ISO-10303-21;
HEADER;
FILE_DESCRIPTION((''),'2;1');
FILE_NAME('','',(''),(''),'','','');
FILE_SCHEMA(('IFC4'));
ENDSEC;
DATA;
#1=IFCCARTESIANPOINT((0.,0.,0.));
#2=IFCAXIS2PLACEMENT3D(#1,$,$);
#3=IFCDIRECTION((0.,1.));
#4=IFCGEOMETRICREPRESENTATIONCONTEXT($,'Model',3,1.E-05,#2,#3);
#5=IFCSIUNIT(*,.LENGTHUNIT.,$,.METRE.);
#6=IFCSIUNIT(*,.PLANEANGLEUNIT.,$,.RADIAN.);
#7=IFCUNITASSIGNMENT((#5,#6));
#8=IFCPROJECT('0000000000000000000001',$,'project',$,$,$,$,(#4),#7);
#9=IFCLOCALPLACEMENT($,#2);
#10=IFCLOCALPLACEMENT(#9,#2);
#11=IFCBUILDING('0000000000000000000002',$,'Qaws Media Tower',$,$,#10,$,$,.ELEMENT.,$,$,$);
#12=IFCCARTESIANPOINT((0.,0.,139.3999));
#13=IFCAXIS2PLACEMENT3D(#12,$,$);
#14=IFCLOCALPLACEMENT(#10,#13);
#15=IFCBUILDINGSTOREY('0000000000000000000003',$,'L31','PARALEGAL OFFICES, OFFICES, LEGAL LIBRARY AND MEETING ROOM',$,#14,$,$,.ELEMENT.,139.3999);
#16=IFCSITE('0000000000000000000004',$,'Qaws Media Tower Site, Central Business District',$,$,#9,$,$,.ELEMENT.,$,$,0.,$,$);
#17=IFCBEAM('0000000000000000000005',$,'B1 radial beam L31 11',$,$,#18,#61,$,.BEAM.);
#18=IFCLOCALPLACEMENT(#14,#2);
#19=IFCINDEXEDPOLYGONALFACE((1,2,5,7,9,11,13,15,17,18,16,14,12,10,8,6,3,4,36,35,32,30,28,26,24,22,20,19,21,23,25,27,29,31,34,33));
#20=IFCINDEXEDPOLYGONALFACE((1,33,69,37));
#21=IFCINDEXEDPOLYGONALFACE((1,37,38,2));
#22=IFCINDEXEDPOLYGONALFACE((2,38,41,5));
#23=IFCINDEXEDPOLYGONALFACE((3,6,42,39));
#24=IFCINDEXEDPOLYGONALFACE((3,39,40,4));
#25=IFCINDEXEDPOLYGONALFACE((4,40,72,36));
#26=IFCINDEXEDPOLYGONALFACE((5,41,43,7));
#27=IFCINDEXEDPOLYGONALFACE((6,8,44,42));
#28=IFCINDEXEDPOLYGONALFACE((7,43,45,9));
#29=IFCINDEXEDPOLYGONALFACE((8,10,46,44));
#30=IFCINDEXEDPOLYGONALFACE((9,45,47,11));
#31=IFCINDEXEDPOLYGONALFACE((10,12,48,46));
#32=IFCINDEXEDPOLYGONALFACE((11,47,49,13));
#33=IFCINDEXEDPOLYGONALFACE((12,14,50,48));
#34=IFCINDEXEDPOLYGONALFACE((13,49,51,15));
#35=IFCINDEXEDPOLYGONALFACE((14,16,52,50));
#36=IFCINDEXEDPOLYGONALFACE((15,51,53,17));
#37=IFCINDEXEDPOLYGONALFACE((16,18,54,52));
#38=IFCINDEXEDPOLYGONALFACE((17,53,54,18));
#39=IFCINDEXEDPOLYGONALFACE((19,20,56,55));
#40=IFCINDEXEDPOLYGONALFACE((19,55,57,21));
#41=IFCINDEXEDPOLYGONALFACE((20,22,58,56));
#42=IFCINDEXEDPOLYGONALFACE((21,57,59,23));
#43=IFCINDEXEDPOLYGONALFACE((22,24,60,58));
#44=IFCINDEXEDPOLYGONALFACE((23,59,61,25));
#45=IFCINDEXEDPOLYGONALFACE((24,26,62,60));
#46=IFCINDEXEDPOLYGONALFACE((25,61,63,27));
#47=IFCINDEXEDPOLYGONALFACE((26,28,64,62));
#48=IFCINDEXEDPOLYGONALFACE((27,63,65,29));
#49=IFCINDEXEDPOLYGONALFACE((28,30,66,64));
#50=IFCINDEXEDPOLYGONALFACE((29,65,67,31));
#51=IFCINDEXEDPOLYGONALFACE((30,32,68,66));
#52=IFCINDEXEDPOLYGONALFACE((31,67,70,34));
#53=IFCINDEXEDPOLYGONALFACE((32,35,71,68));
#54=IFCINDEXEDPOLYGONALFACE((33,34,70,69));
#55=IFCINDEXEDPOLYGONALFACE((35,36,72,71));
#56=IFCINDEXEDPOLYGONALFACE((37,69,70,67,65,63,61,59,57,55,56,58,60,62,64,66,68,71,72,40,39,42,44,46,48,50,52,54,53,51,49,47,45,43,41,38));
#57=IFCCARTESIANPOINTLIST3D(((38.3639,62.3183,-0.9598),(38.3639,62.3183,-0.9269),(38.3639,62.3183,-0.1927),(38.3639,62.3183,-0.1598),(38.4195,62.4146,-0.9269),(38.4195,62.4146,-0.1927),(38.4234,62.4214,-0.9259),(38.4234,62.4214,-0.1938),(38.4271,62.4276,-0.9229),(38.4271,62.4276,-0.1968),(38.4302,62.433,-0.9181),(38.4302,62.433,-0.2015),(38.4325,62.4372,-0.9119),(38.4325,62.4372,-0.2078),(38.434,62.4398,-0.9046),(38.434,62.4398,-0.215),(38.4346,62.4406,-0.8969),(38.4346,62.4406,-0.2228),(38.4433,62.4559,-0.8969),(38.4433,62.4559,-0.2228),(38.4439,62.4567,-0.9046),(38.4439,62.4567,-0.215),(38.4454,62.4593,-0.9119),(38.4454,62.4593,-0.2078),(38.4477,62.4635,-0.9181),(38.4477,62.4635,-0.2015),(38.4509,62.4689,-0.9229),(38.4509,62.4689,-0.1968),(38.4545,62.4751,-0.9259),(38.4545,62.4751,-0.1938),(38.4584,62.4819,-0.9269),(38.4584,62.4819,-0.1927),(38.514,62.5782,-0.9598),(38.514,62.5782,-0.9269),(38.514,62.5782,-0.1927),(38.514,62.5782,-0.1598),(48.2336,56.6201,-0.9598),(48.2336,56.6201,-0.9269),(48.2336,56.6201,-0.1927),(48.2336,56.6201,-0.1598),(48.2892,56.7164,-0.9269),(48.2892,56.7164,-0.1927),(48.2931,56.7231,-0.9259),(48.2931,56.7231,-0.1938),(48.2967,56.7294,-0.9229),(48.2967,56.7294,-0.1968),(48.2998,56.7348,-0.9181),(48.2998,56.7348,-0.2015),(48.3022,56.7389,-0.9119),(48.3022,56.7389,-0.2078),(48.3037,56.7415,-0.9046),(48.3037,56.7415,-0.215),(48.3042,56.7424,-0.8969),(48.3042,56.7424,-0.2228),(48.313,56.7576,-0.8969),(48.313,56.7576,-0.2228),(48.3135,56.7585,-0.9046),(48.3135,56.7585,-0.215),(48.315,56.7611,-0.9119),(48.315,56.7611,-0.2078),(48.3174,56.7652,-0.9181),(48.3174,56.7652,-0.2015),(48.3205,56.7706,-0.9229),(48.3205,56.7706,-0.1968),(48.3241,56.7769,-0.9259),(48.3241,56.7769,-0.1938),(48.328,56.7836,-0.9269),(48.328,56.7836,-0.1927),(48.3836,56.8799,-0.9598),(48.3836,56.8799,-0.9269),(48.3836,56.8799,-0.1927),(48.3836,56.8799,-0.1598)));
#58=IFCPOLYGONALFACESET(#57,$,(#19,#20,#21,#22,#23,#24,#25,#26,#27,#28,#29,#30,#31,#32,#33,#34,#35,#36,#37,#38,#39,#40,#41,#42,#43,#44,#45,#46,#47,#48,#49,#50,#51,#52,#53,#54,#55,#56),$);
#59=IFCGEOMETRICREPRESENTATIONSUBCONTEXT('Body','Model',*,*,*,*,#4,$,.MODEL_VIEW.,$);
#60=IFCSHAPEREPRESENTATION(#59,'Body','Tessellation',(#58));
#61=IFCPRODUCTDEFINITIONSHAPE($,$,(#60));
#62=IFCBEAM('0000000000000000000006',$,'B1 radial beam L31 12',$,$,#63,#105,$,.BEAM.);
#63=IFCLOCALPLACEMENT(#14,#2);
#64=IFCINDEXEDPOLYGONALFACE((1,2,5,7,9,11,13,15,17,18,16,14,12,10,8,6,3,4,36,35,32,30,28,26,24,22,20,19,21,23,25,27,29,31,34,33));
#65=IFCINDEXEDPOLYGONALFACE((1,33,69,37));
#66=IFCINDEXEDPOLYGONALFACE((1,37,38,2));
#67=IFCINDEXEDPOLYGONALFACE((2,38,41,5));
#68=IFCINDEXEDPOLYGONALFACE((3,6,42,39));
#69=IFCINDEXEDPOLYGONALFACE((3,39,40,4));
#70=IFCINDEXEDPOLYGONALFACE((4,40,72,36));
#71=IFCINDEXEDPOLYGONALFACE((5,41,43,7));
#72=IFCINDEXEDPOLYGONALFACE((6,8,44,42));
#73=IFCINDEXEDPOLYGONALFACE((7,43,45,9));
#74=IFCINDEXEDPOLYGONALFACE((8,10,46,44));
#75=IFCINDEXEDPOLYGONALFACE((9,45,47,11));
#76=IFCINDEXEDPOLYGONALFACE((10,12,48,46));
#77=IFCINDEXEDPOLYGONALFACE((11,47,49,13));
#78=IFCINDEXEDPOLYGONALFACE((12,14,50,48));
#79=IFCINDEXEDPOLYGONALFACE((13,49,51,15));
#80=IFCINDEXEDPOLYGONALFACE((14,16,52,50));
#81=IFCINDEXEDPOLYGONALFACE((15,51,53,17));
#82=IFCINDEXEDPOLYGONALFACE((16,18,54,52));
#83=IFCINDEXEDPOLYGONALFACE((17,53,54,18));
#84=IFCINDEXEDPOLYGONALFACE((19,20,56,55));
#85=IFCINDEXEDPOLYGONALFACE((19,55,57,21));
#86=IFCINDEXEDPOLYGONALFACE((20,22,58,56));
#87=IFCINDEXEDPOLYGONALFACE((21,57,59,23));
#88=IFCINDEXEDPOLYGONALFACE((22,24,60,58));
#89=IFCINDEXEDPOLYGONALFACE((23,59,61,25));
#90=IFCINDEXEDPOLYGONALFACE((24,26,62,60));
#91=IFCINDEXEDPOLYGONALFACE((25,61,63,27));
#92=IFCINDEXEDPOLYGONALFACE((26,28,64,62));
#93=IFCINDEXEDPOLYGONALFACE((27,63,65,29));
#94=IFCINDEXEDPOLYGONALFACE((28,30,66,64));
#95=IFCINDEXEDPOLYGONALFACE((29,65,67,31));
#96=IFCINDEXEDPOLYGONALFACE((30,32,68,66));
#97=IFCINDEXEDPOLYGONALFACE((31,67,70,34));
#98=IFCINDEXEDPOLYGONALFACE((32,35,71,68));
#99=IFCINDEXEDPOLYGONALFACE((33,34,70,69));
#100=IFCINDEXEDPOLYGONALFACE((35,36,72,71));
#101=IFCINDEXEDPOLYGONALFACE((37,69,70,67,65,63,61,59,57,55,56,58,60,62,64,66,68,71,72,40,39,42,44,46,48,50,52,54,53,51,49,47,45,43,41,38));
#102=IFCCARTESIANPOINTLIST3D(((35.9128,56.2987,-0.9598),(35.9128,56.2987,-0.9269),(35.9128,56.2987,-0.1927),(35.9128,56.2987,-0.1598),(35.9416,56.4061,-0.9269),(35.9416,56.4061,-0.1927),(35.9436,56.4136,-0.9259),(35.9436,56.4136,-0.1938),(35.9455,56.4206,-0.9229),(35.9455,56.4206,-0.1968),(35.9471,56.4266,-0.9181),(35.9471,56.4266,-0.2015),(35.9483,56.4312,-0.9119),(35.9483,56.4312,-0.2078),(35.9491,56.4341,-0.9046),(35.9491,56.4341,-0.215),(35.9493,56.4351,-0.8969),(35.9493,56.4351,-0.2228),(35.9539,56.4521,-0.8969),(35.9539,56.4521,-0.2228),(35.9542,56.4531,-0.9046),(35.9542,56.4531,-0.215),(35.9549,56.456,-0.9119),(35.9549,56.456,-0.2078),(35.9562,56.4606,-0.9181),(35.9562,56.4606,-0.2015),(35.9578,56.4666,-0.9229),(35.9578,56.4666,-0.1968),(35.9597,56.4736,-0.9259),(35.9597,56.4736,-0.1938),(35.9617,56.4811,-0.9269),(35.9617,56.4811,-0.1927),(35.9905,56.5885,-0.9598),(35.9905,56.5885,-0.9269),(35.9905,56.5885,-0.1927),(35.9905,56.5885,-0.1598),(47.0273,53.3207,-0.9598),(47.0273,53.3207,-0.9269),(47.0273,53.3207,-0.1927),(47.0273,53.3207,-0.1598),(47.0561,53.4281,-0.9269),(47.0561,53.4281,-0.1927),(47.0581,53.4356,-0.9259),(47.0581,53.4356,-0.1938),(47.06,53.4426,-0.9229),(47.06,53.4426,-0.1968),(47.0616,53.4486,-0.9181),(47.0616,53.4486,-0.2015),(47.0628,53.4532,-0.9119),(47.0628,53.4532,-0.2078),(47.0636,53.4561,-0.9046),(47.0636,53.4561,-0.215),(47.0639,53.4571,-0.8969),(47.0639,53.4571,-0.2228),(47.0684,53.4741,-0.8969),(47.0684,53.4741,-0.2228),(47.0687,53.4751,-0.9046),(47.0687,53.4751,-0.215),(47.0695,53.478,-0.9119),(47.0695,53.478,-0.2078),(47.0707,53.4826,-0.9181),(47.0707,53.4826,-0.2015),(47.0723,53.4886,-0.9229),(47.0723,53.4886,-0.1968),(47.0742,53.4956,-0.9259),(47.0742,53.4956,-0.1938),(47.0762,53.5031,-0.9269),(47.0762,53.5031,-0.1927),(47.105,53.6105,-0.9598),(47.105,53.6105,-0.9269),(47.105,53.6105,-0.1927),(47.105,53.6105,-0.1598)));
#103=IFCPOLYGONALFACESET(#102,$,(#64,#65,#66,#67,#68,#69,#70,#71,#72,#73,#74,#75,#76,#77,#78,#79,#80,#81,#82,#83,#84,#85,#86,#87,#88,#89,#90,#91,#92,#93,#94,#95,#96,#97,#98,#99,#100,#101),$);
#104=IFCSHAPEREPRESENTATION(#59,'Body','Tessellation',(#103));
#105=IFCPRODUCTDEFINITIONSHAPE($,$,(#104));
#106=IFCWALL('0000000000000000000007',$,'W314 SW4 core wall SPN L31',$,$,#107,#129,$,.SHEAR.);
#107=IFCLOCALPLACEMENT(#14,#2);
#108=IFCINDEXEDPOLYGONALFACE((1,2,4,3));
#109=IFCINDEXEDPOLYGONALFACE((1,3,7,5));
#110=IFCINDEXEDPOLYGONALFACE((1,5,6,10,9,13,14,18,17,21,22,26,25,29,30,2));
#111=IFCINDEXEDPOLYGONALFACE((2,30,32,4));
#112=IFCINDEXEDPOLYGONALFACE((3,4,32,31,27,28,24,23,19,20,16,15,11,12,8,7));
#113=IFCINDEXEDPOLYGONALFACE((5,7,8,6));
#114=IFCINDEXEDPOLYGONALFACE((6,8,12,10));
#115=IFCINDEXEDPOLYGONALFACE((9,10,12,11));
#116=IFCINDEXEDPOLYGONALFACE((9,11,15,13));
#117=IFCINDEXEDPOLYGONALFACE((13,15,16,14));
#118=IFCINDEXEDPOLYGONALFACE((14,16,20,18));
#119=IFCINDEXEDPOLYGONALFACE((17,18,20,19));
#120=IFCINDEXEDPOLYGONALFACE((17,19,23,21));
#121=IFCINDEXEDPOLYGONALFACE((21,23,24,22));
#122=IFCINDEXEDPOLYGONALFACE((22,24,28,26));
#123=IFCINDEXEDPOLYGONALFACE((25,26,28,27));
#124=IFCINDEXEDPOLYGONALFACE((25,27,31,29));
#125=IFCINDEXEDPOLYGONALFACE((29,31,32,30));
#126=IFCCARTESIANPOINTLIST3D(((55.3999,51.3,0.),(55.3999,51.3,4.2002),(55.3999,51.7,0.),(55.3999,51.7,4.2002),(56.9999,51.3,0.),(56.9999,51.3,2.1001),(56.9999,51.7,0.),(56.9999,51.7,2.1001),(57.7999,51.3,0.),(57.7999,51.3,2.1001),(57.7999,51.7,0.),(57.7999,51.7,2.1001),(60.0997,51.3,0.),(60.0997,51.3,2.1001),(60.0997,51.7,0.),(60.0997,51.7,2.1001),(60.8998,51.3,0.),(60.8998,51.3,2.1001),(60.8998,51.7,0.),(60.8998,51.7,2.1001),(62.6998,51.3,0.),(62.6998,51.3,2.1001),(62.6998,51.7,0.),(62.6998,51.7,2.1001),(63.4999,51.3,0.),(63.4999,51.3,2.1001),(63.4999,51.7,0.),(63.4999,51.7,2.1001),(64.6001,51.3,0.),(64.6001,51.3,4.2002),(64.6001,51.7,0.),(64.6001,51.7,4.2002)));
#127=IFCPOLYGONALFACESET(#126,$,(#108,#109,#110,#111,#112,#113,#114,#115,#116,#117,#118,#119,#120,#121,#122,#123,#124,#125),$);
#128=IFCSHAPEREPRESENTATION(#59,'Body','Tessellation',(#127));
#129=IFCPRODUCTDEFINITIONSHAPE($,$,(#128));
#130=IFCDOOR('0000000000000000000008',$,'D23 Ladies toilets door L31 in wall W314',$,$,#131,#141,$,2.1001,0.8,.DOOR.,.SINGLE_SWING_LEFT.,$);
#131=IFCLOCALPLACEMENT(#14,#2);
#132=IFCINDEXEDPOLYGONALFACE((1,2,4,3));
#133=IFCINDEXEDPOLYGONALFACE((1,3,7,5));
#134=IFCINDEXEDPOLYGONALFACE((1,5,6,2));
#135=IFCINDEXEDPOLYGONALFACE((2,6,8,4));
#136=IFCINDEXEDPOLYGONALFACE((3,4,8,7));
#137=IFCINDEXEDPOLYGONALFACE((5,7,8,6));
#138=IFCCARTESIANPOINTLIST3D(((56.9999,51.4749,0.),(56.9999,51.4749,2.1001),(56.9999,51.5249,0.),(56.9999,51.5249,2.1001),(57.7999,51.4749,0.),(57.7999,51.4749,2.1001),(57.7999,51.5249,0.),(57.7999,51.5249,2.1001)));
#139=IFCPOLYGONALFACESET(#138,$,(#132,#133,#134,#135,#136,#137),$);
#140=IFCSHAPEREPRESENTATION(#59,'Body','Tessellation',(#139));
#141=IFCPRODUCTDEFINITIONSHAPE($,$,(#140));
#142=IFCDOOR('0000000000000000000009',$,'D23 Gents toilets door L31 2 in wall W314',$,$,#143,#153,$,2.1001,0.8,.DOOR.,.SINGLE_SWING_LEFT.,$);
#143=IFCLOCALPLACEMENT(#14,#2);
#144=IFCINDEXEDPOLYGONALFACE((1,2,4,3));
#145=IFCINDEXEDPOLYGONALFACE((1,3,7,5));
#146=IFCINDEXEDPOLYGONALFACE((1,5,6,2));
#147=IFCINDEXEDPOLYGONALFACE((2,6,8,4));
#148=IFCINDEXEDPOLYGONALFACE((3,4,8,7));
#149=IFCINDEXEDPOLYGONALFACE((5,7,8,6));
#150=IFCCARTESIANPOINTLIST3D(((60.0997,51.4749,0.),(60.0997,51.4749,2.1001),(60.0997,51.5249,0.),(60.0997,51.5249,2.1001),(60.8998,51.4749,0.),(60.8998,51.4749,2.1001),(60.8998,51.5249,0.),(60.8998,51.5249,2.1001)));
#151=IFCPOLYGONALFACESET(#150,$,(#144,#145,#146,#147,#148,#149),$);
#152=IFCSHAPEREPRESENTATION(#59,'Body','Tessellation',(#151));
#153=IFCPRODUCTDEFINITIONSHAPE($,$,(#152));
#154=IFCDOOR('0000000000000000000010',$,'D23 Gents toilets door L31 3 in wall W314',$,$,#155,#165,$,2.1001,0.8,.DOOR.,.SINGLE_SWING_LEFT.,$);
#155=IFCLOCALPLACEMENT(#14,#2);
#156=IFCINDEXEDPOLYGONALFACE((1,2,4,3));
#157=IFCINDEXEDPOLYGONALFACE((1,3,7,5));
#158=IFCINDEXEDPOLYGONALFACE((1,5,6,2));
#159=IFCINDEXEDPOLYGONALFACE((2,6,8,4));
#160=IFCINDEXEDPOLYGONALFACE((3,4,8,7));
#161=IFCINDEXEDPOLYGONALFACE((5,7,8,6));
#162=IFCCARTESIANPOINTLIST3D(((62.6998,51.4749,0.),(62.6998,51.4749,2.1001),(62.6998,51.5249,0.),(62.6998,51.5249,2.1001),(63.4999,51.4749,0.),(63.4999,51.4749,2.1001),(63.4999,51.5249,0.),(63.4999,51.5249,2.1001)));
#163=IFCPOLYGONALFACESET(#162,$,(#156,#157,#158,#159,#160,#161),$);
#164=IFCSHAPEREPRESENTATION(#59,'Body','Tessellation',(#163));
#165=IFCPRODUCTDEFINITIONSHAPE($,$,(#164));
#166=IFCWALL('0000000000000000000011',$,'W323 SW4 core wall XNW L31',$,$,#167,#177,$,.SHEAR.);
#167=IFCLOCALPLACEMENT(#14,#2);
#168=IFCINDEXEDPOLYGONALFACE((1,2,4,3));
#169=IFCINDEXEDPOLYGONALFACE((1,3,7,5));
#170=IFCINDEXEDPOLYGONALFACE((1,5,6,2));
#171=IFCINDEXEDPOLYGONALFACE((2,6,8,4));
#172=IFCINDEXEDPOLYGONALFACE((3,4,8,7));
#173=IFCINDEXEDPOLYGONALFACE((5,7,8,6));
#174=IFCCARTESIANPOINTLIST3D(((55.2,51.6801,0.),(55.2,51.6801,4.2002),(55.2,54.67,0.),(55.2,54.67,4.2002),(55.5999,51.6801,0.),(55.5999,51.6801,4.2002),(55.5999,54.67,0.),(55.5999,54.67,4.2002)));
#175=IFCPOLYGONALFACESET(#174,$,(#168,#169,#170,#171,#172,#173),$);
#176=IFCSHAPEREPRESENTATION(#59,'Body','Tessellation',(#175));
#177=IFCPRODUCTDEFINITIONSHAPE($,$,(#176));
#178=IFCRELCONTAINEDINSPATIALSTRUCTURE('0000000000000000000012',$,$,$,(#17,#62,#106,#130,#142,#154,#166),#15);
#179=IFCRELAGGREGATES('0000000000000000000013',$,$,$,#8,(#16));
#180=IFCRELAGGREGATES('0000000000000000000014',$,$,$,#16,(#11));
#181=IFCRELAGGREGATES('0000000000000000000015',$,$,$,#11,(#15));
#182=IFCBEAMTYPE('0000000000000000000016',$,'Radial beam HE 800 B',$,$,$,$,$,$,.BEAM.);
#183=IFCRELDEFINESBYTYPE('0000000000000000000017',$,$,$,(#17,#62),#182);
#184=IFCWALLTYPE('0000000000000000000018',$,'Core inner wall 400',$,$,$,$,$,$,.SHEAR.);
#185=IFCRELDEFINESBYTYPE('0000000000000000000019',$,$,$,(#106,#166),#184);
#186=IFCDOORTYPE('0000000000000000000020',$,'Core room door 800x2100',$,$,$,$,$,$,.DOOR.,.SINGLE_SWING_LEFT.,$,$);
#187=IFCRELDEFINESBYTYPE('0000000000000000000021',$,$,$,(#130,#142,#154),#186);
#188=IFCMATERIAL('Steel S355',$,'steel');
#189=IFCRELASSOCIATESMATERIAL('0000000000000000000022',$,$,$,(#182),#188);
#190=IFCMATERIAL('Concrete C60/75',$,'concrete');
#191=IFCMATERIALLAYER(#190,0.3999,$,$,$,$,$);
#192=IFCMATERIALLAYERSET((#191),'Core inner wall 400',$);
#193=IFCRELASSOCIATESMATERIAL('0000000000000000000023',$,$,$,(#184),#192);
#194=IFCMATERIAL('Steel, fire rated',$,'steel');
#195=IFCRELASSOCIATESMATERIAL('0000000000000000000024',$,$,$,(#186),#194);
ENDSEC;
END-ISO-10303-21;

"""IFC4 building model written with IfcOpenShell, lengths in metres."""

from ifc_helpers import new_model, si_unit, direction, frame, frame_2d, origin, origin_2d, place, context, subcontext, project, spatial, rectangle, i_section, extrude, material, layer, layer_set, material_profile, profile_set, type_object, element, fill, save


model = new_model("IFC4")

# Units and contexts
model_context = context("Model", 3, precision=1e-05, world=origin(), true_north=direction((0.0, 1.0)))
body_context = subcontext(model_context, "Body", "Model", "MODEL_VIEW")
ifc_project = project(units=[si_unit("LENGTHUNIT", "METRE"), si_unit("PLANEANGLEUNIT", "RADIAN")], contexts=[model_context])

# Site, building, storey
site_placement = place(None, origin())
site = spatial("IfcSite", under=ifc_project, at=site_placement, Name="Qaws Media Tower Site, Central Business District", CompositionType="ELEMENT", RefElevation=0.0)
building_placement = place(site_placement, origin())
building = spatial("IfcBuilding", under=site, at=building_placement, Name="Qaws Media Tower", CompositionType="ELEMENT")
storey_placement = place(building_placement, frame((0.0, 0.0, 139.3999)))
storey = spatial("IfcBuildingStorey", under=building, at=storey_placement, Name="L31", Description="PARALEGAL OFFICES, OFFICES, LEGAL LIBRARY AND MEETING ROOM", CompositionType="ELEMENT", Elevation=139.3999)

# Beams
ifc_material_1 = material(Name="Steel S355", Category="steel")
ifc_material_profile_1 = material_profile(ifc_material_1, i_section(OverallWidth=0.3, OverallDepth=0.8, WebThickness=0.0176, FlangeThickness=0.033, FilletRadius=0.03, at=origin_2d()), Name="HE 800 B")
ifc_profile_set_1 = profile_set([ifc_material_profile_1], Name="Steel S355")
beam_type_1 = type_object("IfcBeamType", Name="Radial beam HE 800 B", PredefinedType="BEAM", material=ifc_profile_set_1)
beam_1_placement = place(storey_placement, frame((48.3086, 56.75, -0.5598), z_axis=(-0.866025, 0.500001, 0.0), x_axis=(-0.500001, -0.866025, 0.0)))
element("IfcBeam", 1, at=beam_1_placement, inside=storey, type_object=beam_type_1, Name="B1 radial beam L31 11", PredefinedType="BEAM", context=body_context, shape_type="SweptSolid", body=[
    extrude(i_section(OverallWidth=0.3, OverallDepth=0.8, WebThickness=0.0176, FlangeThickness=0.033, FilletRadius=0.03, at=origin_2d()), origin(), (0.0, 0.0, 1.0), 11.3965),
])
beam_2_placement = place(storey_placement, frame((47.0662, 53.4656, -0.5598), z_axis=(-0.965928, 0.258811, 0.0), x_axis=(-0.258811, -0.965928, 0.0)))
element("IfcBeam", 2, at=beam_2_placement, inside=storey, type_object=beam_type_1, Name="B1 radial beam L31 12", PredefinedType="BEAM", context=body_context, shape_type="SweptSolid", body=[
    extrude(i_section(OverallWidth=0.3, OverallDepth=0.8, WebThickness=0.0176, FlangeThickness=0.033, FilletRadius=0.03, at=origin_2d()), origin(), (0.0, 0.0, 1.0), 11.5066),
])

# Wall, openings, doors
ifc_material_2 = material(Name="Concrete C60/75", Category="concrete")
ifc_layer_1 = layer(ifc_material_2, 0.3999)
ifc_layer_set_1 = layer_set([ifc_layer_1], Name="Core inner wall 400")
wall_type_1 = type_object("IfcWallType", Name="Core inner wall 400", PredefinedType="SHEAR", material=ifc_layer_set_1)
wall_1_placement = place(storey_placement, frame((55.3999, 51.5, 0.0), z_axis=(0.0, 0.0, 1.0), x_axis=(1.0, 0.0, 0.0)))
wall_1 = element("IfcWall", 3, at=wall_1_placement, inside=storey, type_object=wall_type_1, Name="W314 SW4 core wall SPN L31", PredefinedType="SHEAR", context=body_context, shape_type="SweptSolid", body=[
    extrude(rectangle(XDim=9.2002, YDim=0.3999, at=frame_2d((4.6001, 0.0))), origin(), (0.0, 0.0, 1.0), 4.2002),
])
opening_1_placement = place(wall_1_placement, frame((1.6001, 0.0, 0.0)))
opening_1 = element("IfcOpeningElement", 4, at=opening_1_placement, cuts=wall_1, PredefinedType="OPENING", context=body_context, shape_type="SweptSolid", body=[
    extrude(rectangle(XDim=0.8, YDim=2.1001, at=frame_2d((0.3999, 1.05))), frame((0.0, 0.21, 0.0), z_axis=(0.0, -1.0, 0.0), x_axis=(1.0, 0.0, 0.0)), (0.0, 0.0, 1.0), 0.4199),
])
opening_2_placement = place(wall_1_placement, frame((4.7, 0.0, 0.0)))
opening_2 = element("IfcOpeningElement", 5, at=opening_2_placement, cuts=wall_1, PredefinedType="OPENING", context=body_context, shape_type="SweptSolid", body=[
    extrude(rectangle(XDim=0.8, YDim=2.1001, at=frame_2d((0.3999, 1.05))), frame((0.0, 0.21, 0.0), z_axis=(0.0, -1.0, 0.0), x_axis=(1.0, 0.0, 0.0)), (0.0, 0.0, 1.0), 0.4199),
])
opening_3_placement = place(wall_1_placement, frame((7.3, 0.0, 0.0)))
opening_3 = element("IfcOpeningElement", 6, at=opening_3_placement, cuts=wall_1, PredefinedType="OPENING", context=body_context, shape_type="SweptSolid", body=[
    extrude(rectangle(XDim=0.8, YDim=2.1001, at=frame_2d((0.3999, 1.05))), frame((0.0, 0.21, 0.0), z_axis=(0.0, -1.0, 0.0), x_axis=(1.0, 0.0, 0.0)), (0.0, 0.0, 1.0), 0.4199),
])
ifc_material_3 = material(Name="Steel, fire rated", Category="steel")
door_type = type_object("IfcDoorType", Name="Core room door 800x2100", OperationType="SINGLE_SWING_LEFT", PredefinedType="DOOR", material=ifc_material_3)
door_1_placement = place(opening_1_placement, origin())
door_1 = element("IfcDoor", 7, at=door_1_placement, inside=storey, type_object=door_type, Name="D23 Ladies toilets door L31 in wall W314", OperationType="SINGLE_SWING_LEFT", OverallHeight=2.1001, OverallWidth=0.8, PredefinedType="DOOR", context=body_context, shape_type="SweptSolid", body=[
    extrude(rectangle(XDim=0.8, YDim=2.1001, at=frame_2d((0.3999, 1.05))), frame((0.0, 0.0249, 0.0), z_axis=(0.0, -1.0, 0.0), x_axis=(1.0, 0.0, 0.0)), (0.0, 0.0, 1.0), 0.05),
])
fill(opening_1, door_1)
door_2_placement = place(opening_2_placement, origin())
door_2 = element("IfcDoor", 8, at=door_2_placement, inside=storey, type_object=door_type, Name="D23 Gents toilets door L31 2 in wall W314", OperationType="SINGLE_SWING_LEFT", OverallHeight=2.1001, OverallWidth=0.8, PredefinedType="DOOR", context=body_context, shape_type="SweptSolid", body=[
    extrude(rectangle(XDim=0.8, YDim=2.1001, at=frame_2d((0.3999, 1.05))), frame((0.0, 0.0249, 0.0), z_axis=(0.0, -1.0, 0.0), x_axis=(1.0, 0.0, 0.0)), (0.0, 0.0, 1.0), 0.05),
])
fill(opening_2, door_2)
door_3_placement = place(opening_3_placement, origin())
door_3 = element("IfcDoor", 9, at=door_3_placement, inside=storey, type_object=door_type, Name="D23 Gents toilets door L31 3 in wall W314", OperationType="SINGLE_SWING_LEFT", OverallHeight=2.1001, OverallWidth=0.8, PredefinedType="DOOR", context=body_context, shape_type="SweptSolid", body=[
    extrude(rectangle(XDim=0.8, YDim=2.1001, at=frame_2d((0.3999, 1.05))), frame((0.0, 0.0249, 0.0), z_axis=(0.0, -1.0, 0.0), x_axis=(1.0, 0.0, 0.0)), (0.0, 0.0, 1.0), 0.05),
])
fill(opening_3, door_3)

# Wall
wall_2_placement = place(storey_placement, frame((55.3999, 51.6799, 0.0), z_axis=(0.0, 0.0, 1.0), x_axis=(0.0, 1.0, 0.0)))
element("IfcWall", 10, at=wall_2_placement, inside=storey, type_object=wall_type_1, Name="W323 SW4 core wall XNW L31", PredefinedType="SHEAR", context=body_context, shape_type="SweptSolid", body=[
    extrude(rectangle(XDim=2.99, YDim=0.3999, at=frame_2d((1.4951, 0.0))), origin(), (0.0, 0.0, 1.0), 4.2002),
])

save(model, "model.ifc")
